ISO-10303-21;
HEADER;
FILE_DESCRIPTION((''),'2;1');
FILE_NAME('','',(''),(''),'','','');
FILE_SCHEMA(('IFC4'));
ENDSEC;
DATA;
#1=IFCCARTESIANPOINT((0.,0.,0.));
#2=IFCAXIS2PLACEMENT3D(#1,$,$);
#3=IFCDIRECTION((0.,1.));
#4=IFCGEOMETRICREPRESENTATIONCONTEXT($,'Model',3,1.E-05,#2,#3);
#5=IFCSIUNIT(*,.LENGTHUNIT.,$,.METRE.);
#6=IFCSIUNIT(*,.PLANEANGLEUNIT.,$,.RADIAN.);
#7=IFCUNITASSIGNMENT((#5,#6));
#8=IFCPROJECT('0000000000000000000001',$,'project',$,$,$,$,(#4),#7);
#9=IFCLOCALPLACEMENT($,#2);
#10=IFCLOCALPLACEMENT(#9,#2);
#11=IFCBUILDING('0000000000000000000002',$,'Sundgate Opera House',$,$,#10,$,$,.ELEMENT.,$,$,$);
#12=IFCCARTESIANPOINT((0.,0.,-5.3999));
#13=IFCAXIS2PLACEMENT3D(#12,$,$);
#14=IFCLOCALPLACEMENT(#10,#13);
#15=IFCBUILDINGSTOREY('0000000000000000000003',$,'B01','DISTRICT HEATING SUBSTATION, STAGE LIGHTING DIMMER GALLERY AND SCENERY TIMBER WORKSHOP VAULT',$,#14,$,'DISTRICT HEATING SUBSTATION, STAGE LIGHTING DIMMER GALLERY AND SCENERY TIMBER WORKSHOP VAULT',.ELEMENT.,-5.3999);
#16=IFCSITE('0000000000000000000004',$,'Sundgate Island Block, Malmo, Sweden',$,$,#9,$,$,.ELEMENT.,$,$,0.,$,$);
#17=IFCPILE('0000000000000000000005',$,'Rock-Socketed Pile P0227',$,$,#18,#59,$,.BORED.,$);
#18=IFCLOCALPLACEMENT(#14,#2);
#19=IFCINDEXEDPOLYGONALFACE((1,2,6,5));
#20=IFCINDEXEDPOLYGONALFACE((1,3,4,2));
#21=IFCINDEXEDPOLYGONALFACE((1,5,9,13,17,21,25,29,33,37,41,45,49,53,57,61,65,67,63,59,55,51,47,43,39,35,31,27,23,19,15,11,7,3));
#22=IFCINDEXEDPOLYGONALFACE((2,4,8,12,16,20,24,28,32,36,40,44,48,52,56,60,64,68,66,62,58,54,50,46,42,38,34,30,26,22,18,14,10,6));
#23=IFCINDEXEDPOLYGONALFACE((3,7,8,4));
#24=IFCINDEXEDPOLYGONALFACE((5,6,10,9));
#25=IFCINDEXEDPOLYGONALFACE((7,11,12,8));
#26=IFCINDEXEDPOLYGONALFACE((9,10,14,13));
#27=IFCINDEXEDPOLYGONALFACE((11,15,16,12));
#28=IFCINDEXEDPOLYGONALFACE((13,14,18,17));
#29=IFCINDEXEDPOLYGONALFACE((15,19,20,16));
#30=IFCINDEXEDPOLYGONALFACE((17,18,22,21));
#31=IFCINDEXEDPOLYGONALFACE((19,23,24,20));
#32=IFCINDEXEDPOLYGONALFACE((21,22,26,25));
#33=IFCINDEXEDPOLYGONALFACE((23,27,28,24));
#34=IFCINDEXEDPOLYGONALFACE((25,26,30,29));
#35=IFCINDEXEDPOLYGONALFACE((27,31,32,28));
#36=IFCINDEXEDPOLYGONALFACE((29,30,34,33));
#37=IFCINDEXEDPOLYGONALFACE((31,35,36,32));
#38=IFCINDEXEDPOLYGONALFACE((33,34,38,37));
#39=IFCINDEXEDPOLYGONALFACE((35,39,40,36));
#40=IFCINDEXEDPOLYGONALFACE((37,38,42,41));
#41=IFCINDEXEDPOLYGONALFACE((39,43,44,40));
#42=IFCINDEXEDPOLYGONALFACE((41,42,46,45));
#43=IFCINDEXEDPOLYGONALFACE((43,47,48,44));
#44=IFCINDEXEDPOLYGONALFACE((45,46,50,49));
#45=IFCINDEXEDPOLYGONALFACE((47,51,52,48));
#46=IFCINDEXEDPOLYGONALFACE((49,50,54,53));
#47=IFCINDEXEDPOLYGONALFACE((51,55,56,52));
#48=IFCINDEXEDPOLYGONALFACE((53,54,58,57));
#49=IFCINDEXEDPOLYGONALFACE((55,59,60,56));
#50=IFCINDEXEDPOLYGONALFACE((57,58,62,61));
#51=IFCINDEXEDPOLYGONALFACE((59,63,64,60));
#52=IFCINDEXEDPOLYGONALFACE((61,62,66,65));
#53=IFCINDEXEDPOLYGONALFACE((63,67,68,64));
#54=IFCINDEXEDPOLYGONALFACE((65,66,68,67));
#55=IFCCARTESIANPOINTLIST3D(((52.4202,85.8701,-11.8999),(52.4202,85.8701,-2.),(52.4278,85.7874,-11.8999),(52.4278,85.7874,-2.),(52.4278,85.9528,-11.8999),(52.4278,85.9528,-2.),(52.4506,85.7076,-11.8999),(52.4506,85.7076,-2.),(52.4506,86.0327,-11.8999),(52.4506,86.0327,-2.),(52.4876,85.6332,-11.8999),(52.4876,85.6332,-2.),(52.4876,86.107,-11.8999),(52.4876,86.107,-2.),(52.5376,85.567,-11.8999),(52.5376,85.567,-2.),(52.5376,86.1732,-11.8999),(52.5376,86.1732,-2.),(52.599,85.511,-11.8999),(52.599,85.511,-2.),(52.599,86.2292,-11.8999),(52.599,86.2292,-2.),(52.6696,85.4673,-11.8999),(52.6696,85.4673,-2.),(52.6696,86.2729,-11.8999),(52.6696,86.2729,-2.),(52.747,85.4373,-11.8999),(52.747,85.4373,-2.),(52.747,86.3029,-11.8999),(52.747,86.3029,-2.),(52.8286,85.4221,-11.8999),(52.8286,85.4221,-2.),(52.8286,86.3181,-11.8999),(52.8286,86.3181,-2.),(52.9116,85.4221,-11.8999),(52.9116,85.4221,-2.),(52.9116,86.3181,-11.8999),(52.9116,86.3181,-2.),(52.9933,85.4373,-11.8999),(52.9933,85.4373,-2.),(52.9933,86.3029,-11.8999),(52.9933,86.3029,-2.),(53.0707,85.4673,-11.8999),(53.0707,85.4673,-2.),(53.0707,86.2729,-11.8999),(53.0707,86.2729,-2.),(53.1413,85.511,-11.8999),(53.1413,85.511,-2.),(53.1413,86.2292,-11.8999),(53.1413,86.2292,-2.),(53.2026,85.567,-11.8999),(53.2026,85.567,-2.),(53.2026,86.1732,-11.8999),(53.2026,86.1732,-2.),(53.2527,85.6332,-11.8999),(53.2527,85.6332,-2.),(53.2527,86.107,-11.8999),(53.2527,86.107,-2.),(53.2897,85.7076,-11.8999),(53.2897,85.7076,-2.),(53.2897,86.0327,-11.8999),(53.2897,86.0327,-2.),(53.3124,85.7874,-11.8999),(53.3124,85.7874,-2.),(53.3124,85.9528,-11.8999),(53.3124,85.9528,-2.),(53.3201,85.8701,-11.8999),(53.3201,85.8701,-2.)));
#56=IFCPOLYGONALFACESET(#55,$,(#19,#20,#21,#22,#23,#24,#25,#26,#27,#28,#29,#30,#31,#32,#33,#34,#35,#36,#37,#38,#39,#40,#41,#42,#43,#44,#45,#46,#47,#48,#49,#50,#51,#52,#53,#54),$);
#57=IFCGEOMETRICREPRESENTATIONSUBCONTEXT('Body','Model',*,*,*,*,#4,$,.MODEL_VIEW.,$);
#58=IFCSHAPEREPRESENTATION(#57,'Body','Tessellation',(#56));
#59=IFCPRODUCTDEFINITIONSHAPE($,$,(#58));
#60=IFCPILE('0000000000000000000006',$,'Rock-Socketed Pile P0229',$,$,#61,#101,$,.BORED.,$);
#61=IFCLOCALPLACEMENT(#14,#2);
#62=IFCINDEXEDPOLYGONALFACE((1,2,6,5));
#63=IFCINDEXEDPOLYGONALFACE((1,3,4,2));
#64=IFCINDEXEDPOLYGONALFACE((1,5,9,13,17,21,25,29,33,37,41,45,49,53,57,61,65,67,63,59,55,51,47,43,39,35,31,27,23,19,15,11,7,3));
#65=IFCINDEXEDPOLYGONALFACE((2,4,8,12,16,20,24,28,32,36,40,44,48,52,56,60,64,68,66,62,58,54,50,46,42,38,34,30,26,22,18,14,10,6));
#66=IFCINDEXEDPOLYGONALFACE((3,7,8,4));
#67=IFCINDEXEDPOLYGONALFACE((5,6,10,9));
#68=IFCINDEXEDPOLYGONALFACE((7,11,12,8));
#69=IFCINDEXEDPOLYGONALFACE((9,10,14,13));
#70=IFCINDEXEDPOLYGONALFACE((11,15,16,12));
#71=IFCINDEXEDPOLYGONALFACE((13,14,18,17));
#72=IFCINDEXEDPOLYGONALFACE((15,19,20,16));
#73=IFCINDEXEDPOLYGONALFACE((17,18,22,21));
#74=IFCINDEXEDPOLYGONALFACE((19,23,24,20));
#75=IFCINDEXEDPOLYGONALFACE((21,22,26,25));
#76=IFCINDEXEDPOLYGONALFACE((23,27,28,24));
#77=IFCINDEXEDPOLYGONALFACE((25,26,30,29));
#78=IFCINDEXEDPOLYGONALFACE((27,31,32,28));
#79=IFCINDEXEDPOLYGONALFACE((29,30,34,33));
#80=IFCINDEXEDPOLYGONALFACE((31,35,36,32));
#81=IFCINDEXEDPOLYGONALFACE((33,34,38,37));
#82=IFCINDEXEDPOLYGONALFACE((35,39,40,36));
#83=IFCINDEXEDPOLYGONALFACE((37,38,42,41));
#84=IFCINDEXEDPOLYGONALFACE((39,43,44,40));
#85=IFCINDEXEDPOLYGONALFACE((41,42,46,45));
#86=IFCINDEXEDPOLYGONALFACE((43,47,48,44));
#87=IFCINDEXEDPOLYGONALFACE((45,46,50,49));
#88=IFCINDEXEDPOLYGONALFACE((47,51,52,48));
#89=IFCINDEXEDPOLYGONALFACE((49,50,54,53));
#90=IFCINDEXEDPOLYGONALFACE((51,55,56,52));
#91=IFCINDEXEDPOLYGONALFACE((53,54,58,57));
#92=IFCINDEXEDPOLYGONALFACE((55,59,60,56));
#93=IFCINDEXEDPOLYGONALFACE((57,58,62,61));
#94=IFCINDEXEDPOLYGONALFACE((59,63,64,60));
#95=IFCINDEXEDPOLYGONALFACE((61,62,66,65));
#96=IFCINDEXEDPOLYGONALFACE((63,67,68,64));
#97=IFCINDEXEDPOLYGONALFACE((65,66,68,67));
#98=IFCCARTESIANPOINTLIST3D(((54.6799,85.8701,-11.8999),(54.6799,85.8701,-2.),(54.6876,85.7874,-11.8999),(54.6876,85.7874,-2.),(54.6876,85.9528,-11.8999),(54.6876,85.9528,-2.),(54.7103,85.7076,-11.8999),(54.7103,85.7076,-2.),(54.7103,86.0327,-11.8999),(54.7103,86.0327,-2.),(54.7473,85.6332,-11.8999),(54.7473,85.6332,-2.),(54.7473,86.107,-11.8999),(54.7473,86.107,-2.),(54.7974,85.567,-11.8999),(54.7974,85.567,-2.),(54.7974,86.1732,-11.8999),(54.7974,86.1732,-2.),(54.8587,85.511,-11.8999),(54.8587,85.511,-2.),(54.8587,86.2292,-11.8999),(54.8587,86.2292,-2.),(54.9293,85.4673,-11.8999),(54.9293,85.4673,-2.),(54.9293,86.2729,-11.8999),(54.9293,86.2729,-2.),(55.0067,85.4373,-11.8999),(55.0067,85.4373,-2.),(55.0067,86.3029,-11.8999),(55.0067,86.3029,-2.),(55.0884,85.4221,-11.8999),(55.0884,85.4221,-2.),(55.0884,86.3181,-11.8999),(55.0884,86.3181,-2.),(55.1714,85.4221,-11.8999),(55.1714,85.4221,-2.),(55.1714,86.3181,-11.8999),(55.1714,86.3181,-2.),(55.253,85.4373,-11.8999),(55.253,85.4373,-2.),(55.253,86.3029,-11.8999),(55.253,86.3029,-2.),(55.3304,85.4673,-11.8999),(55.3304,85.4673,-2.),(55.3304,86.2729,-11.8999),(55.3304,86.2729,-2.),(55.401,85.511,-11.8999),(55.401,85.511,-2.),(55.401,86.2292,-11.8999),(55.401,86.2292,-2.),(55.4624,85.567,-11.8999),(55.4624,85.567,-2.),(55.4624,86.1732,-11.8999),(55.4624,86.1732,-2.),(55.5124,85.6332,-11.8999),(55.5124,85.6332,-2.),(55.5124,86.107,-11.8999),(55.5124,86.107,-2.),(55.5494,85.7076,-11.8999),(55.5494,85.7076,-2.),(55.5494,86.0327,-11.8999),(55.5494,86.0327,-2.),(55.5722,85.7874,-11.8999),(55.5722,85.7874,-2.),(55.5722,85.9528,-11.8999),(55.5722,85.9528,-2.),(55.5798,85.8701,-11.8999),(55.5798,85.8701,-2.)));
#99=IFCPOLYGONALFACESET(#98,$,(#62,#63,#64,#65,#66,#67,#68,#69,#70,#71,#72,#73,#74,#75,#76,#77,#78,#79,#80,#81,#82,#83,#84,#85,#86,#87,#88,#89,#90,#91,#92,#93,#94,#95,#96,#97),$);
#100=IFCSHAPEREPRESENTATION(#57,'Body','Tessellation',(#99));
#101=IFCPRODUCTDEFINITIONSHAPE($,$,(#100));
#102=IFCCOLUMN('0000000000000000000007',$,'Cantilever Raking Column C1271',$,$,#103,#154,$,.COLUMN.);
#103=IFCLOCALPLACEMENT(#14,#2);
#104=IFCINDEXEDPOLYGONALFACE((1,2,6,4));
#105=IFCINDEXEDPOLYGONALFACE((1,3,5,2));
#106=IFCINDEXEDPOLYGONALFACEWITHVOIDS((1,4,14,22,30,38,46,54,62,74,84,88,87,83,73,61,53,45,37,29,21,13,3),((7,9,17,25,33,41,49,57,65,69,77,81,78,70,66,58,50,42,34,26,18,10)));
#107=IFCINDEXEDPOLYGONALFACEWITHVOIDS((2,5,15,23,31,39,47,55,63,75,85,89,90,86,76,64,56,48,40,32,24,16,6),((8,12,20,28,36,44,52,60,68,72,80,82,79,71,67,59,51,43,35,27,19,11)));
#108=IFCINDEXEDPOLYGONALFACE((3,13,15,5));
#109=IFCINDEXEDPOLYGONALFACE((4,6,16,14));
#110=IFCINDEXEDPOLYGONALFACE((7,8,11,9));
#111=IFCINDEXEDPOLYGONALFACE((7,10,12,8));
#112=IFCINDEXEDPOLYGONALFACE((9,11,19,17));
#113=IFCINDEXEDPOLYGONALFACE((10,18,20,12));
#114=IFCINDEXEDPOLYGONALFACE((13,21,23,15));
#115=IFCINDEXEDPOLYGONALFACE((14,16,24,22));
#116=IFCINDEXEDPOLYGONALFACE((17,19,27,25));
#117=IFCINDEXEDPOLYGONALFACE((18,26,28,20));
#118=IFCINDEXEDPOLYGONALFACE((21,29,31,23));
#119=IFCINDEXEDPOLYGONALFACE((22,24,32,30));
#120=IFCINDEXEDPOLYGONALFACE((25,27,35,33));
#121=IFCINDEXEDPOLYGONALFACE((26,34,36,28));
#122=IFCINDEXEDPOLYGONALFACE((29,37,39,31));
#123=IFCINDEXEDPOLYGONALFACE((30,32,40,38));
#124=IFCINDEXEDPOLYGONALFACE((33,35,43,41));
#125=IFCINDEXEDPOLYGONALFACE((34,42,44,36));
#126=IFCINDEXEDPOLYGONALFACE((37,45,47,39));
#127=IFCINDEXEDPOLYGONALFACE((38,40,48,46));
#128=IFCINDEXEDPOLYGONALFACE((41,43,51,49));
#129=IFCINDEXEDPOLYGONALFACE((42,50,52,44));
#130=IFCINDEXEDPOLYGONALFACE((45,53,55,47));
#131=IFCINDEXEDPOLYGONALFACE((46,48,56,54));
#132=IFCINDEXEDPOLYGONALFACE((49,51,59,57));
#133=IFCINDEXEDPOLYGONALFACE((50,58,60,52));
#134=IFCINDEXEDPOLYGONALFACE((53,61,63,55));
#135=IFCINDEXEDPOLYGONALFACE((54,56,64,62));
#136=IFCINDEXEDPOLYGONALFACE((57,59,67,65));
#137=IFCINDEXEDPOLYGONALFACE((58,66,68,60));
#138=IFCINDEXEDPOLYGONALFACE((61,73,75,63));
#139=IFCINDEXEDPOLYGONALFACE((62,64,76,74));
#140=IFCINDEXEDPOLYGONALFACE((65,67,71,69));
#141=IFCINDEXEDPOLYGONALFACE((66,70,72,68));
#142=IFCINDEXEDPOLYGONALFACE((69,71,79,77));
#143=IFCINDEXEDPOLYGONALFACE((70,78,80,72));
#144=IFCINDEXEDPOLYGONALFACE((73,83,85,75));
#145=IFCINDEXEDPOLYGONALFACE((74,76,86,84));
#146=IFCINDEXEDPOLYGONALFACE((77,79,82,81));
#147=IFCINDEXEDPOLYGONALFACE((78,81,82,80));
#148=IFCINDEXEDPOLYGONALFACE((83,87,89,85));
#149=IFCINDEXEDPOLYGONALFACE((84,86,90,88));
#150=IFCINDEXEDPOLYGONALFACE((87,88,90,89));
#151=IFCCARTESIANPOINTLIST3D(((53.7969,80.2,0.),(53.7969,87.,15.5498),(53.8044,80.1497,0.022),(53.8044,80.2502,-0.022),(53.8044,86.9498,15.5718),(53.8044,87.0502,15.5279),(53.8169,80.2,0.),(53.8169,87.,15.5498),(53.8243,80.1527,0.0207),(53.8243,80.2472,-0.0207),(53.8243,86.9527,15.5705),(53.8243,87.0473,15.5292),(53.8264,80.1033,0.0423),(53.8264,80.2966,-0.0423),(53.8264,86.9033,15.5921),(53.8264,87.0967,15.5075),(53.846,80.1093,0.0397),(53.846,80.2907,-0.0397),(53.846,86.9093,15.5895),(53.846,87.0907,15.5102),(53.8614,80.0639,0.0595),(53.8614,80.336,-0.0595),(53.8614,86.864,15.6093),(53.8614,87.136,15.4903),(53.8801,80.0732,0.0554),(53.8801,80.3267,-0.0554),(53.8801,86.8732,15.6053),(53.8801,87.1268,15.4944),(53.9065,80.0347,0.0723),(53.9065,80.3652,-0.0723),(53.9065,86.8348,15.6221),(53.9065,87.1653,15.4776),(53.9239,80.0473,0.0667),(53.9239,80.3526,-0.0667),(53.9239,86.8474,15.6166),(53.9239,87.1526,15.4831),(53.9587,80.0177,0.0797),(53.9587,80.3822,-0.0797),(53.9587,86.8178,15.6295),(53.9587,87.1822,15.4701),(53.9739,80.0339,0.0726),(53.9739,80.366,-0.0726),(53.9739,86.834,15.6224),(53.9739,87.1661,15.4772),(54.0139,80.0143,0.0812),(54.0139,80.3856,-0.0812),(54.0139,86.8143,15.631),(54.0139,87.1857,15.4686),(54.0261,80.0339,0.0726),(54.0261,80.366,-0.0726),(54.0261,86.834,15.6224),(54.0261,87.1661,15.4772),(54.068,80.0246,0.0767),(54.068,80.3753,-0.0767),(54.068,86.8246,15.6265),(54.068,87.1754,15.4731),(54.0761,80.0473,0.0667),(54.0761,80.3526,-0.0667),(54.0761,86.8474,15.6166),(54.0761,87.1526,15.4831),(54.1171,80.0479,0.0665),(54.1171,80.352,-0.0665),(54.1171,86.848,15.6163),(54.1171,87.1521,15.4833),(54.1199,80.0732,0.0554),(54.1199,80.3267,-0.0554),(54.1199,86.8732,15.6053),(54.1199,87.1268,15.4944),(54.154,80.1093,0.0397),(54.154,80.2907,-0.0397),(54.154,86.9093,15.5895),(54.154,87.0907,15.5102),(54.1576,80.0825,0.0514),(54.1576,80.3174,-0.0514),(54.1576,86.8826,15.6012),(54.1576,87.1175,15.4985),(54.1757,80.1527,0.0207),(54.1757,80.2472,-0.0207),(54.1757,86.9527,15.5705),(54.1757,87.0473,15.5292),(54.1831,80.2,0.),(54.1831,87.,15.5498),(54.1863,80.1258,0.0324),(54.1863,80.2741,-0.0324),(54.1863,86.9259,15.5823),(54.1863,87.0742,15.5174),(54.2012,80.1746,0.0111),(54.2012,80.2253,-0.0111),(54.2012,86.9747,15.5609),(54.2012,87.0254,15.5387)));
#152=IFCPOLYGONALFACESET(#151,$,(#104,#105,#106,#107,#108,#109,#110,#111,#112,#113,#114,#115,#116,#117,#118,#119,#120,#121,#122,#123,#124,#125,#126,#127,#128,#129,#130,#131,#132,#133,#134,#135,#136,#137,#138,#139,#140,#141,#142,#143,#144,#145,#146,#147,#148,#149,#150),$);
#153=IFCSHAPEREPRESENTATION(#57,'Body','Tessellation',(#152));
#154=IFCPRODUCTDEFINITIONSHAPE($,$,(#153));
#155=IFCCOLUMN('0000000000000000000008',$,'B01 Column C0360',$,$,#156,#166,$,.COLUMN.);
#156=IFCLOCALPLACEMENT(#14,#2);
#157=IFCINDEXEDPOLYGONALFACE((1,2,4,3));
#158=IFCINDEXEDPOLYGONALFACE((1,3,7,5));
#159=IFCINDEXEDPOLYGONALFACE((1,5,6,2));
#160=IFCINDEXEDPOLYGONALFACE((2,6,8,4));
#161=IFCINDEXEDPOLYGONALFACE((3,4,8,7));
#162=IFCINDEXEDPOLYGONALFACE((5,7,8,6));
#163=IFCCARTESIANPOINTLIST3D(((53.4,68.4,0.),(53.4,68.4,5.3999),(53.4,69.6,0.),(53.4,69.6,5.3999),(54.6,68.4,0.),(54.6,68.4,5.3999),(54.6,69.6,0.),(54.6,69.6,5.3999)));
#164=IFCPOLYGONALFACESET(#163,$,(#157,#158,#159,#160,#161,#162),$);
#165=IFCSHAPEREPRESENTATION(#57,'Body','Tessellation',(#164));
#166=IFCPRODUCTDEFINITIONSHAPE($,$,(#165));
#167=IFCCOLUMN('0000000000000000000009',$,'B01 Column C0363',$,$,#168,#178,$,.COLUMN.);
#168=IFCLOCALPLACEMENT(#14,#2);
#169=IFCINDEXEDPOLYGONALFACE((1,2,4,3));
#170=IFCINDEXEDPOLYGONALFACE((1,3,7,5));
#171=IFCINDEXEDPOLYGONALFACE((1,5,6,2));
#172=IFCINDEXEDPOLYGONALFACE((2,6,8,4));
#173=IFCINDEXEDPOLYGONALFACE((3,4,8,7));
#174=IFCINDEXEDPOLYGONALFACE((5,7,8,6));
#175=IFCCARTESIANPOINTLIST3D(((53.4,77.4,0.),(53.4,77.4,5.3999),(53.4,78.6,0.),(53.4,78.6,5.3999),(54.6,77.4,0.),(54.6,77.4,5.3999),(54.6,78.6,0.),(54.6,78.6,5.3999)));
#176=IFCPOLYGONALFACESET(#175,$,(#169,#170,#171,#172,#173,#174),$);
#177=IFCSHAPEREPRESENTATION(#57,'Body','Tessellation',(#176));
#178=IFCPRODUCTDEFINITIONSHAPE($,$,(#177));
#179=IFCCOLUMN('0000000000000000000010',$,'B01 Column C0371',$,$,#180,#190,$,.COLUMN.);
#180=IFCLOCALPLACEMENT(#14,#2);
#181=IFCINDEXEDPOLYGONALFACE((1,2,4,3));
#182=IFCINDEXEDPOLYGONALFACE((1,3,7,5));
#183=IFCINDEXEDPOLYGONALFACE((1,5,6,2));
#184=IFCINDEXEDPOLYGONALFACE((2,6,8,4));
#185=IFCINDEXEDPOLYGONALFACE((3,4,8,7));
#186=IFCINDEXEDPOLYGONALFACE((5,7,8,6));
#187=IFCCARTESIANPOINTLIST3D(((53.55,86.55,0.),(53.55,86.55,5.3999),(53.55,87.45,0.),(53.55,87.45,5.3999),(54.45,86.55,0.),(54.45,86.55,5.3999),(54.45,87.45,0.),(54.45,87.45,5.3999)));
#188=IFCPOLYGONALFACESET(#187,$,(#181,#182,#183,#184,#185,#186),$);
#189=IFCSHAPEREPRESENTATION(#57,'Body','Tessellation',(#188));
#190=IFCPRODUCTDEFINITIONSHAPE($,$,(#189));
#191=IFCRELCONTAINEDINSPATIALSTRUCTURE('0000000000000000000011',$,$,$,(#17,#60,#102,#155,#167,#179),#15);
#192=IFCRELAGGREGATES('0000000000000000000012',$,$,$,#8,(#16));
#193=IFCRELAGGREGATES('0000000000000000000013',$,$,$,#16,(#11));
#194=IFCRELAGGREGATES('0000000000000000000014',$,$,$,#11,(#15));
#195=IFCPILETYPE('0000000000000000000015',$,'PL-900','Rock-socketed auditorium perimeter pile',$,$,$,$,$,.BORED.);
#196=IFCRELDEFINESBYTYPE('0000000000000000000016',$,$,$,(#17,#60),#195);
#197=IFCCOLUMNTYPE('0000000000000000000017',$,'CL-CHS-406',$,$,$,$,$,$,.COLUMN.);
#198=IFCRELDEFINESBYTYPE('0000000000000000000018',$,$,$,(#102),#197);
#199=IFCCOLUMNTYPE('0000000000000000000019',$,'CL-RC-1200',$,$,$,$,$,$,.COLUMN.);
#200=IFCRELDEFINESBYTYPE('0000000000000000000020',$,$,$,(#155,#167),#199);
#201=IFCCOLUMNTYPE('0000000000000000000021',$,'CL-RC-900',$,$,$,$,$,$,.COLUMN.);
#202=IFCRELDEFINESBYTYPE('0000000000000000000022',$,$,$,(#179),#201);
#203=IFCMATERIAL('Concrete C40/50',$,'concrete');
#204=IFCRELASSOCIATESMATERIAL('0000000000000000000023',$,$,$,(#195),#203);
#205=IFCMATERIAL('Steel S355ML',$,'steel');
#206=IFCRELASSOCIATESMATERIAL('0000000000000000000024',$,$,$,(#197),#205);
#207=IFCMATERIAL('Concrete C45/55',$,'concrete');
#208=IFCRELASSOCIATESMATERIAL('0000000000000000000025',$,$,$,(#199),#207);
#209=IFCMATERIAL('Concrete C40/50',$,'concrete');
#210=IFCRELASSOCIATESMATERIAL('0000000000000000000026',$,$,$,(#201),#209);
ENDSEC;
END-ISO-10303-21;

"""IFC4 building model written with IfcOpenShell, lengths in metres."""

from ifc_helpers import new_model, si_unit, direction, frame, origin, origin_2d, place, context, subcontext, project, spatial, rectangle, circle, hollow_circle, extrude, material, material_profile, profile_set, type_object, element, save


model = new_model("IFC4")

# Units and contexts
model_context = context("Model", 3, precision=1e-05, world=origin(), true_north=direction((0.0, 1.0)))
body_context = subcontext(model_context, "Body", "Model", "MODEL_VIEW")
ifc_project = project(units=[si_unit("LENGTHUNIT", "METRE"), si_unit("PLANEANGLEUNIT", "RADIAN")], contexts=[model_context])

# Site, building, storey
site_placement = place(None, origin())
site = spatial("IfcSite", under=ifc_project, at=site_placement, Name="Sundgate Island Block, Malmo, Sweden", CompositionType="ELEMENT", RefElevation=0.0)
building_placement = place(site_placement, origin())
building = spatial("IfcBuilding", under=site, at=building_placement, Name="Sundgate Opera House", CompositionType="ELEMENT")
storey_placement = place(building_placement, frame((0.0, 0.0, -5.3999)))
storey = spatial("IfcBuildingStorey", under=building, at=storey_placement, Name="B01", Description="DISTRICT HEATING SUBSTATION, STAGE LIGHTING DIMMER GALLERY AND SCENERY TIMBER WORKSHOP VAULT", LongName="DISTRICT HEATING SUBSTATION, STAGE LIGHTING DIMMER GALLERY AND SCENERY TIMBER WORKSHOP VAULT", CompositionType="ELEMENT", Elevation=-5.3999)

# Piles
ifc_material_1 = material(Name="Concrete C40/50", Category="concrete")
ifc_material_profile_1 = material_profile(ifc_material_1, circle(Radius=0.45, at=origin_2d()), Name="PILE D900")
ifc_profile_set_1 = profile_set([ifc_material_profile_1], Name="Concrete C40/50")
pile_type_1 = type_object("IfcPileType", Name="PL-900", Description="Rock-socketed auditorium perimeter pile", PredefinedType="BORED", material=ifc_profile_set_1)
for number, where, z_axis, x_axis, name in (
    (1, (52.8701, 85.8701, -2.0), (0.0, 0.0, -1.0), (1.0, 0.0, 0.0), "Rock-Socketed Pile P0227"),
    (2, (55.1299, 85.8701, -2.0), (0.0, 0.0, -1.0), (1.0, 0.0, 0.0), "Rock-Socketed Pile P0229"),
):
    element("IfcPile", number, at=place(storey_placement, frame(where, z_axis=z_axis, x_axis=x_axis)), inside=storey, type_object=pile_type_1, Name=name, PredefinedType="BORED", context=body_context, shape_type="SweptSolid", body=[
        extrude(circle(Radius=0.45, at=origin_2d()), origin(), (0.0, 0.0, 1.0), 9.8999),
    ])

# Columns
ifc_material_2 = material(Name="Steel S355ML", Category="steel")
ifc_material_profile_2 = material_profile(ifc_material_2, hollow_circle(Radius=0.2031, WallThickness=0.02, at=origin_2d()), Name="CHS 406.4x20.0")
ifc_profile_set_2 = profile_set([ifc_material_profile_2], Name="Steel S355ML")
column_type_1 = type_object("IfcColumnType", Name="CL-CHS-406", PredefinedType="COLUMN", material=ifc_profile_set_2)
column_1_placement = place(storey_placement, frame((54.0, 80.2, 0.0), z_axis=(0.0, 0.400671, 0.916222), x_axis=(-1.0, 0.0, 0.0)))
element("IfcColumn", 3, at=column_1_placement, inside=storey, type_object=column_type_1, Name="Cantilever Raking Column C1271", PredefinedType="COLUMN", context=body_context, shape_type="SweptSolid", body=[
    extrude(hollow_circle(Radius=0.2031, WallThickness=0.02, at=origin_2d()), origin(), (0.0, 0.0, 1.0), 16.9717),
])
ifc_material_3 = material(Name="Concrete C45/55", Category="concrete")
ifc_material_profile_3 = material_profile(ifc_material_3, rectangle(XDim=1.2, YDim=1.2, at=origin_2d()), Name="RC 1200x1200")
ifc_profile_set_3 = profile_set([ifc_material_profile_3], Name="Concrete C45/55")
column_type_2 = type_object("IfcColumnType", Name="CL-RC-1200", PredefinedType="COLUMN", material=ifc_profile_set_3)
for number, where, z_axis, x_axis, name in (
    (4, (54.0, 69.0, 0.0), (0.0, 0.0, 1.0), (1.0, 0.0, 0.0), "B01 Column C0360"),
    (5, (54.0, 78.0, 0.0), (0.0, 0.0, 1.0), (1.0, 0.0, 0.0), "B01 Column C0363"),
):
    element("IfcColumn", number, at=place(storey_placement, frame(where, z_axis=z_axis, x_axis=x_axis)), inside=storey, type_object=column_type_2, Name=name, PredefinedType="COLUMN", context=body_context, shape_type="SweptSolid", body=[
        extrude(rectangle(XDim=1.2, YDim=1.2, at=origin_2d()), origin(), (0.0, 0.0, 1.0), 5.3999),
    ])
ifc_material_4 = material(Name="Concrete C40/50", Category="concrete")
ifc_material_profile_4 = material_profile(ifc_material_4, rectangle(XDim=0.8999, YDim=0.8999, at=origin_2d()), Name="RC 900x900")
ifc_profile_set_4 = profile_set([ifc_material_profile_4], Name="Concrete C40/50")
column_type_3 = type_object("IfcColumnType", Name="CL-RC-900", PredefinedType="COLUMN", material=ifc_profile_set_4)
column_2_placement = place(storey_placement, frame((54.0, 87.0, 0.0), z_axis=(0.0, 0.0, 1.0), x_axis=(1.0, 0.0, 0.0)))
element("IfcColumn", 6, at=column_2_placement, inside=storey, type_object=column_type_3, Name="B01 Column C0371", PredefinedType="COLUMN", context=body_context, shape_type="SweptSolid", body=[
    extrude(rectangle(XDim=0.8999, YDim=0.8999, at=origin_2d()), origin(), (0.0, 0.0, 1.0), 5.3999),
])

save(model, "model.ifc")
